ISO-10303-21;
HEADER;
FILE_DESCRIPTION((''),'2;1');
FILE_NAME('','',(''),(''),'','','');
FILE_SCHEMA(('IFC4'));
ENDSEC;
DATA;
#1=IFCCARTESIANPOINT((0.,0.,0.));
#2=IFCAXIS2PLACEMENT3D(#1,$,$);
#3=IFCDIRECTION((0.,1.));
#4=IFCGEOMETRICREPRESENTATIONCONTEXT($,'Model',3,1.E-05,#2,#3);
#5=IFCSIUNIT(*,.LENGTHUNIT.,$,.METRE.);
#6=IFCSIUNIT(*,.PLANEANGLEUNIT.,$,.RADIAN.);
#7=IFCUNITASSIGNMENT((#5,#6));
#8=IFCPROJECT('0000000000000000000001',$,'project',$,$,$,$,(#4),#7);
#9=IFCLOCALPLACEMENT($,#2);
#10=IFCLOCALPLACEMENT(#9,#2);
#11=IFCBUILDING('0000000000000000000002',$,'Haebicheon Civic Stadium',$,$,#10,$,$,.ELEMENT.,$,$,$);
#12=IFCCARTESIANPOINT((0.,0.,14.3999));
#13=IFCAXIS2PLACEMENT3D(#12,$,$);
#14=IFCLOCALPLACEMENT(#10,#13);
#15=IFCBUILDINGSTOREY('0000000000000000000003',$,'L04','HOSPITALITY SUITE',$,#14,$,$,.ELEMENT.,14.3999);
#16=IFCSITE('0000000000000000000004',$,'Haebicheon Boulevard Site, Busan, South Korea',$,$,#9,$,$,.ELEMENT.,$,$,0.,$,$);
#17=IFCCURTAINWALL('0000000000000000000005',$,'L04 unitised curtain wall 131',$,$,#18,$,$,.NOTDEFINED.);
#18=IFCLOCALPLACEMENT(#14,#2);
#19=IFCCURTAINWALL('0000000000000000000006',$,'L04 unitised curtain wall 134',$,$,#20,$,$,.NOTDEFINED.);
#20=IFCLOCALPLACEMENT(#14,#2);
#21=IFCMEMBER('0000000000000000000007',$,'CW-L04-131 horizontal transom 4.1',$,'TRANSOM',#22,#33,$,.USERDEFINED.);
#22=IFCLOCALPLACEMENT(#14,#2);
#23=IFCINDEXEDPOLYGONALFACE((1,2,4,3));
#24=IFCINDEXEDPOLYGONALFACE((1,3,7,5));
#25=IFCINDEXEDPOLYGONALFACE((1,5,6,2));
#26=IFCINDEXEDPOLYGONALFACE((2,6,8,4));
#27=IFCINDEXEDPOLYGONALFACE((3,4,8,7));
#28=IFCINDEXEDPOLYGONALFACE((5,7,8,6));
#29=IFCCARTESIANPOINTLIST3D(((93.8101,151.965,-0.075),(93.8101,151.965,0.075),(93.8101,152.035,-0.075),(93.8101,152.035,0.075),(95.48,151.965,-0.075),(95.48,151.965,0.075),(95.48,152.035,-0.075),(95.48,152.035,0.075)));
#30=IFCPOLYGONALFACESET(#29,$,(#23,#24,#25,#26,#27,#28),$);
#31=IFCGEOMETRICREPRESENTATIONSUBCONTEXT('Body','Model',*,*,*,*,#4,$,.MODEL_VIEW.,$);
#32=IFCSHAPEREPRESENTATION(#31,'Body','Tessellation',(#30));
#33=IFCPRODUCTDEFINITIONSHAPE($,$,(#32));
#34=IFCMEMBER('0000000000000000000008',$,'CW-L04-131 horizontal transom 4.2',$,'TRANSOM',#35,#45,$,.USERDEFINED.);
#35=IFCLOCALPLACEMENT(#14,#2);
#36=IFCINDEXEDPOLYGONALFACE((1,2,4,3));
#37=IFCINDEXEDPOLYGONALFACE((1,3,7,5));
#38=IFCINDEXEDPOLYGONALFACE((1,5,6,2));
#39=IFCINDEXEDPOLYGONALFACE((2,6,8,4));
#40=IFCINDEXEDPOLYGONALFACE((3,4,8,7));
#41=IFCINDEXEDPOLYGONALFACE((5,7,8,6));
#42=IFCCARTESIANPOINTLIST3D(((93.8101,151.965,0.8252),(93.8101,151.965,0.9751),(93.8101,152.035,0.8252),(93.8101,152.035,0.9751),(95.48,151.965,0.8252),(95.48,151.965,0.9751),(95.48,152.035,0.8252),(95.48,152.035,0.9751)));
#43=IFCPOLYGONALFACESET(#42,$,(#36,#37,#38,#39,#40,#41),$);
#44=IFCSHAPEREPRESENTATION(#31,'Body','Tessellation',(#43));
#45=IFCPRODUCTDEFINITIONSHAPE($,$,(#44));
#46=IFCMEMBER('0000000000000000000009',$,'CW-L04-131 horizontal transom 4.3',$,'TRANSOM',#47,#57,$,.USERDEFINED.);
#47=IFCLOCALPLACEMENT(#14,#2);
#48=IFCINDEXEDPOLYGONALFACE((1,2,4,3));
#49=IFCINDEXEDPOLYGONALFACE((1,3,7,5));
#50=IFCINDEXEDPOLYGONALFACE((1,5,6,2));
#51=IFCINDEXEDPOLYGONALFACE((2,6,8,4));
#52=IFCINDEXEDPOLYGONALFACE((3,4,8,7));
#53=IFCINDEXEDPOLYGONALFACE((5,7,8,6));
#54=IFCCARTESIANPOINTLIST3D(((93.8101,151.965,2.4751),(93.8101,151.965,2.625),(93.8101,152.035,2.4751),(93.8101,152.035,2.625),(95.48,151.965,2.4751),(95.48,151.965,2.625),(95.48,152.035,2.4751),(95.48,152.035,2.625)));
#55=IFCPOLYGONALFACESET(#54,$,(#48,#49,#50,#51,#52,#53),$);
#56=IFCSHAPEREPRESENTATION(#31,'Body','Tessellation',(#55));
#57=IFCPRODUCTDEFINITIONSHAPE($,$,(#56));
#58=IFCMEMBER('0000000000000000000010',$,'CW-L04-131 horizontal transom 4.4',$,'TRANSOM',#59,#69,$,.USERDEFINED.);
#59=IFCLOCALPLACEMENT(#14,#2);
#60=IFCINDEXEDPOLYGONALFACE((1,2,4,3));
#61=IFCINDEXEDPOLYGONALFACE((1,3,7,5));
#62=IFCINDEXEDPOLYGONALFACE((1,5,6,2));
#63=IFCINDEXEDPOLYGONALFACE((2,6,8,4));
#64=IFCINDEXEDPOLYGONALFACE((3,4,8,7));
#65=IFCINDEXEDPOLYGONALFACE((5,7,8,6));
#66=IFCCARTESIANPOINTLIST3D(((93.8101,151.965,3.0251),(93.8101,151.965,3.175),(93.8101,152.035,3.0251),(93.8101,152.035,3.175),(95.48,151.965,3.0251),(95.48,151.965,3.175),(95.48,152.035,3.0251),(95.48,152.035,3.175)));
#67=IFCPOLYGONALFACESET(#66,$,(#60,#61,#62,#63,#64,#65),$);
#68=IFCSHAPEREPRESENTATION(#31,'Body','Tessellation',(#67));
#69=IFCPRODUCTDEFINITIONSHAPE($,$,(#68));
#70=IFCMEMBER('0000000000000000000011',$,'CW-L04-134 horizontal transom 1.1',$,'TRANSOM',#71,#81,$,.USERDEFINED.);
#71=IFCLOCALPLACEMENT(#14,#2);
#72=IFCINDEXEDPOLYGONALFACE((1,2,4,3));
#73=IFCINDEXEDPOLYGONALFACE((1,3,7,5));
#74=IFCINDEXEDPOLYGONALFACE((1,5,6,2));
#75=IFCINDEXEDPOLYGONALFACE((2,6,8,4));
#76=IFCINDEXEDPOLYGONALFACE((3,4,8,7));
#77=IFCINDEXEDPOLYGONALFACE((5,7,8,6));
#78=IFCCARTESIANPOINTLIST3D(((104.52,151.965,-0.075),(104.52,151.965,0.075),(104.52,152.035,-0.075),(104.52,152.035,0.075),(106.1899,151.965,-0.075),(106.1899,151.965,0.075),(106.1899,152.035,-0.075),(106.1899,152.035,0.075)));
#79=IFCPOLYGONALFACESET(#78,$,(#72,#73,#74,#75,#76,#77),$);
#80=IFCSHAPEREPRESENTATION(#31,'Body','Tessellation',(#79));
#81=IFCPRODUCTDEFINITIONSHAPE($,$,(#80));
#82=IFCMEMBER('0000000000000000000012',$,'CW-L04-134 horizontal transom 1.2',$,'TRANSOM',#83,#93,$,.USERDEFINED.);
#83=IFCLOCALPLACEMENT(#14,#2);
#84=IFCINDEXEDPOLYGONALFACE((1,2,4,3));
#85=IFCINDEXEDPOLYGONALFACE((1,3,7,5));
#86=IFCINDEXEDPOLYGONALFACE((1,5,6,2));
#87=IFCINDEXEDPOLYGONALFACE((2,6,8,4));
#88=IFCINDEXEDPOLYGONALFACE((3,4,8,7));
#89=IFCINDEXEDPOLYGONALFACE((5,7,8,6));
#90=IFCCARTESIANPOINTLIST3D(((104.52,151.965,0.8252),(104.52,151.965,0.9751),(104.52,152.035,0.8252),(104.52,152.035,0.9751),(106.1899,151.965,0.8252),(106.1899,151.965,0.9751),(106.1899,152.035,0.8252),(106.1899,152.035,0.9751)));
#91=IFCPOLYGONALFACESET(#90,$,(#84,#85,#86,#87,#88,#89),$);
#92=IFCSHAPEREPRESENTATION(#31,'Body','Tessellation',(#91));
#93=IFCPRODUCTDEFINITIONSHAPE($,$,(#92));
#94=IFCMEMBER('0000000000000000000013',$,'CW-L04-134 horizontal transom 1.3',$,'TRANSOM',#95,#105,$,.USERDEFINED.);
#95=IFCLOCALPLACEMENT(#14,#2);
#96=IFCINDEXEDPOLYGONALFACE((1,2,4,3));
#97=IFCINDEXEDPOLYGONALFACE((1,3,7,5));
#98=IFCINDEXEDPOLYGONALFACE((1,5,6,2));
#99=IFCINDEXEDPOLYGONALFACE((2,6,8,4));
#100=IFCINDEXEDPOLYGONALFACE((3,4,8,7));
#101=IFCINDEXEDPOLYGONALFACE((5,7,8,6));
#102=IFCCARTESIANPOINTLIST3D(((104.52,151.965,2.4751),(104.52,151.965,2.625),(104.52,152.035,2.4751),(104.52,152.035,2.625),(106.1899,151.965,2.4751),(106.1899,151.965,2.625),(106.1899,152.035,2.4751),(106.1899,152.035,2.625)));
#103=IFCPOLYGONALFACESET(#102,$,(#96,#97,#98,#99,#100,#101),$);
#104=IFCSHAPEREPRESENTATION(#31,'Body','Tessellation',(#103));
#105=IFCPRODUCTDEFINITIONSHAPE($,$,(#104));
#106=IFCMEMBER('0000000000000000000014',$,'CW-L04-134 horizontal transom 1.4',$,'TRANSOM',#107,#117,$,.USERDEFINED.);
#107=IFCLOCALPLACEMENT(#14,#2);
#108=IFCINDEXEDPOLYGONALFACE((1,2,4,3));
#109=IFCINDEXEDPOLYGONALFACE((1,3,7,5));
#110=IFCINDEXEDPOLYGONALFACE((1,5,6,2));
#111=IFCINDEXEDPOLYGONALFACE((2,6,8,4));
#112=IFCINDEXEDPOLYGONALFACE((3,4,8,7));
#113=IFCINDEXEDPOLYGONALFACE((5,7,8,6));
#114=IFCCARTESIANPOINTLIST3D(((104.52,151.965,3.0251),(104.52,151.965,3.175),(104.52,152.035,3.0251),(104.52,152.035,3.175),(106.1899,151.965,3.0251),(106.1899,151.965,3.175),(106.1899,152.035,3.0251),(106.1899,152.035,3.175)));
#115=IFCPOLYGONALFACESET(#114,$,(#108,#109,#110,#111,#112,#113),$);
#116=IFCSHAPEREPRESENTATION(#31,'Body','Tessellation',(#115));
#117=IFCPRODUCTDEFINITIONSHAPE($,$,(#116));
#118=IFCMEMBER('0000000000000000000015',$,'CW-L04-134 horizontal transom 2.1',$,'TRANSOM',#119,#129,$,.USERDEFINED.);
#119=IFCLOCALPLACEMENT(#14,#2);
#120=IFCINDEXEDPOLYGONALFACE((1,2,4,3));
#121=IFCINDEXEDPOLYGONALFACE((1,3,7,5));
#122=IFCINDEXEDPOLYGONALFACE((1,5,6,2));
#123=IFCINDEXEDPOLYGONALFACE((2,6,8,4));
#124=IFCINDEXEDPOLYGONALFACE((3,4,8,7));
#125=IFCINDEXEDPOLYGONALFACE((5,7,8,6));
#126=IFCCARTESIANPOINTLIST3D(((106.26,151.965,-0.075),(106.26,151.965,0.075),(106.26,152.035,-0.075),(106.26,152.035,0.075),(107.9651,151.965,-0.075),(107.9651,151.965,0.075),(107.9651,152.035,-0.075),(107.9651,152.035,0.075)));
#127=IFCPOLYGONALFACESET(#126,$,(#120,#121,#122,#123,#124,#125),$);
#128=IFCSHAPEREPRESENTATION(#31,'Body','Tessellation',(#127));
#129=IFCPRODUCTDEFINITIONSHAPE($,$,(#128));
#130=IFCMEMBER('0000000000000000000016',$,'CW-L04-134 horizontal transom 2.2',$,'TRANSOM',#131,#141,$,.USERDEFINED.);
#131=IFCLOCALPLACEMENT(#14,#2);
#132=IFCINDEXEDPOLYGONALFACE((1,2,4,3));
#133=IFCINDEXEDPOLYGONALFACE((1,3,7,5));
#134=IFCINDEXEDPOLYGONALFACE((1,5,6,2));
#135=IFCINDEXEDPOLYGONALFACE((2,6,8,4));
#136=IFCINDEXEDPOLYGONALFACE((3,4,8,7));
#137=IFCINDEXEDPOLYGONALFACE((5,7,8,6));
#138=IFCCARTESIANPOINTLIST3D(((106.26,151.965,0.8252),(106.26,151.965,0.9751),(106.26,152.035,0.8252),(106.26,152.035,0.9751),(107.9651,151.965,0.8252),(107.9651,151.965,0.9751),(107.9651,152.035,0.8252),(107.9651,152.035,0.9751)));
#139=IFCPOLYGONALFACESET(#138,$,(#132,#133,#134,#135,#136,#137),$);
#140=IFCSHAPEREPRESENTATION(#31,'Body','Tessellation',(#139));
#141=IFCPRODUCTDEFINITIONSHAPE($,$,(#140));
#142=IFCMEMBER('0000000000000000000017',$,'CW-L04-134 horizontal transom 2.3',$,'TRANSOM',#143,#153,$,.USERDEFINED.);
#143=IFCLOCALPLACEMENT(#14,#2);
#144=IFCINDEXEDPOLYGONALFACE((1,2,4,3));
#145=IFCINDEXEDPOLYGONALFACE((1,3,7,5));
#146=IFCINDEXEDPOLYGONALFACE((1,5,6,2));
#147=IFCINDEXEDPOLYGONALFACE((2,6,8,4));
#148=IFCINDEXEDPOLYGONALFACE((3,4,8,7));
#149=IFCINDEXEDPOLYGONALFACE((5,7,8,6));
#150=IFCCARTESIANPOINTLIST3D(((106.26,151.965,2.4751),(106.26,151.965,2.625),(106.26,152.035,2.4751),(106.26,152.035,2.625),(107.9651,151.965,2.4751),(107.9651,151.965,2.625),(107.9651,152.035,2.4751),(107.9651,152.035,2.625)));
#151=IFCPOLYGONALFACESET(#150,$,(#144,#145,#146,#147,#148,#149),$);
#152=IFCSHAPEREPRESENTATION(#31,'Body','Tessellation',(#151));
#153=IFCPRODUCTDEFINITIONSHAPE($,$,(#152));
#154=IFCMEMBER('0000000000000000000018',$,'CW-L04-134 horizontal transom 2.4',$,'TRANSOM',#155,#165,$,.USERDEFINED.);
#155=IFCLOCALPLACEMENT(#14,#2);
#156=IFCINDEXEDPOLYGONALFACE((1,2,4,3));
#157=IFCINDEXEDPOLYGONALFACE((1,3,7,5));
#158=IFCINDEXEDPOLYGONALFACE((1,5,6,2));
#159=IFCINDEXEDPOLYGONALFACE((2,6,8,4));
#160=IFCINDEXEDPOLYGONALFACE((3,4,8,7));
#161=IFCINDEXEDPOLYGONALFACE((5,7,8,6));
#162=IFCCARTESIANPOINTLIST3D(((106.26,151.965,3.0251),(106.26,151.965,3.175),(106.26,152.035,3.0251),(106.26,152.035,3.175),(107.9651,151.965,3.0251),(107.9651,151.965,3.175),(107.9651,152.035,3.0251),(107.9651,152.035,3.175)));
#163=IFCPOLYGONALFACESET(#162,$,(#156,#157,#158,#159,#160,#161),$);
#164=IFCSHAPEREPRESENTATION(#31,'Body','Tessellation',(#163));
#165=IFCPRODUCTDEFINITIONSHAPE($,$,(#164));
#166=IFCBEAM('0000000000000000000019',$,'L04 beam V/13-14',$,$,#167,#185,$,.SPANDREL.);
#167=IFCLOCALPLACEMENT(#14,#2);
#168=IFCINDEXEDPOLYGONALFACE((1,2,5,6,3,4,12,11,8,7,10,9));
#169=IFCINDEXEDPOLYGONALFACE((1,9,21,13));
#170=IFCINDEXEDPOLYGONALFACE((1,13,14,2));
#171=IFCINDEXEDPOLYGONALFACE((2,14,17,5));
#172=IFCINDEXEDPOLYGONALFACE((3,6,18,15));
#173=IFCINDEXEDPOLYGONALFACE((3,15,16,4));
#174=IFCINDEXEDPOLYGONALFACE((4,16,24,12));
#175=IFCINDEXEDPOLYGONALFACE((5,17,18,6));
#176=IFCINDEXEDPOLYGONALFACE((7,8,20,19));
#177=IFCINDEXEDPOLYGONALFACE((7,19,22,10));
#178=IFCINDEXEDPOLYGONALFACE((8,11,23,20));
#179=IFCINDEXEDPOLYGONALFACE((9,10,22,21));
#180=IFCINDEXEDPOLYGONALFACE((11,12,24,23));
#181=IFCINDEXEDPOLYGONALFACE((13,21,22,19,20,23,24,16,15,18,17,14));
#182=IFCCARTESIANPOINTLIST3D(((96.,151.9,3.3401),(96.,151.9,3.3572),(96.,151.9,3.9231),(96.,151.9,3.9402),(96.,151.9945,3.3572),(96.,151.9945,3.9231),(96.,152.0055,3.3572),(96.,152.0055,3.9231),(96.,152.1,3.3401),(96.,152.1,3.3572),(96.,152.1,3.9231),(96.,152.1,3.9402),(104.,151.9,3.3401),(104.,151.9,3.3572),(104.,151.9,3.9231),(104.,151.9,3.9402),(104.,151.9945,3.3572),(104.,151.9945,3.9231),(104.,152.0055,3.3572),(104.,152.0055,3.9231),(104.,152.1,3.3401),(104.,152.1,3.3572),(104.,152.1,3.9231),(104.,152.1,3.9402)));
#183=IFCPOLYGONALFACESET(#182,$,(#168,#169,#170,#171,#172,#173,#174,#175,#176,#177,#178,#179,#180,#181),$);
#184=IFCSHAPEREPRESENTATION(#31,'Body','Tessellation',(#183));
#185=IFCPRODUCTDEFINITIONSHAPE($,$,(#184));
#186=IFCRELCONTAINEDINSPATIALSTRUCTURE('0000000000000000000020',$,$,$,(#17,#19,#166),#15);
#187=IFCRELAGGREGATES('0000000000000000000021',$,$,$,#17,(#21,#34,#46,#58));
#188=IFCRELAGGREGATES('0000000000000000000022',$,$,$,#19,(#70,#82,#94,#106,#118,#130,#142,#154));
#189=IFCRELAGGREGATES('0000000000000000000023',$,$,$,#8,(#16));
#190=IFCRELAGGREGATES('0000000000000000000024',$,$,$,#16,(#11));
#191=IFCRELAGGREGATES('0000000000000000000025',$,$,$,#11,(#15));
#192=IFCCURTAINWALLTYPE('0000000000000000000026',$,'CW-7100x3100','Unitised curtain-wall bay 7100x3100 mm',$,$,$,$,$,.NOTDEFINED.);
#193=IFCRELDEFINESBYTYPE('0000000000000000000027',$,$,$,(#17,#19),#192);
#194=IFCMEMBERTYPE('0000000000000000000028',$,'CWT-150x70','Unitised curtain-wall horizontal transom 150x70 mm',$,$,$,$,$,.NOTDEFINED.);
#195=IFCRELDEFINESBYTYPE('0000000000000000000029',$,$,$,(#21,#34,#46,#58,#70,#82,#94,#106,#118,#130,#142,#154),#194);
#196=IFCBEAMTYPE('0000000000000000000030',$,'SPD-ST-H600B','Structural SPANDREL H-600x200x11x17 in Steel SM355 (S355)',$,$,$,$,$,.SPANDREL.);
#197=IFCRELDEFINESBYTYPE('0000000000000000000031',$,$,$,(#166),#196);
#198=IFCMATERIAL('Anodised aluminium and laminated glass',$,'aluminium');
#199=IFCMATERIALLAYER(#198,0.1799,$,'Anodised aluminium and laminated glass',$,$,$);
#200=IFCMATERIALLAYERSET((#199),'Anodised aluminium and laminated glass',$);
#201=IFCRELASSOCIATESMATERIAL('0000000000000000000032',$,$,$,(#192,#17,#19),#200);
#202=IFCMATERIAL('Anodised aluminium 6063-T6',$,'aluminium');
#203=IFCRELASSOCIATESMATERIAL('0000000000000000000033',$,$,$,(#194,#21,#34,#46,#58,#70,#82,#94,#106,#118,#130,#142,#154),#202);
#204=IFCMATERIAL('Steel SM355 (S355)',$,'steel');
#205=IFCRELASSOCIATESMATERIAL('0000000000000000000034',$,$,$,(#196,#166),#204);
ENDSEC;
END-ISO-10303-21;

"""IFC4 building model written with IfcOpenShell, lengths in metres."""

from ifc_helpers import new_model, si_unit, direction, frame, origin, origin_2d, place, context, subcontext, project, spatial, rectangle, i_section, extrude, material, layer, layer_set, material_profile, profile_set, type_object, element, aggregate, save


model = new_model("IFC4")

# Units and contexts
model_context = context("Model", 3, precision=1e-05, world=origin(), true_north=direction((0.0, 1.0)))
body_context = subcontext(model_context, "Body", "Model", "MODEL_VIEW")
ifc_project = project(units=[si_unit("LENGTHUNIT", "METRE"), si_unit("PLANEANGLEUNIT", "RADIAN")], contexts=[model_context])

# Site, building, storey
site_placement = place(None, origin())
site = spatial("IfcSite", under=ifc_project, at=site_placement, Name="Haebicheon Boulevard Site, Busan, South Korea", CompositionType="ELEMENT", RefElevation=0.0)
building_placement = place(site_placement, origin())
building = spatial("IfcBuilding", under=site, at=building_placement, Name="Haebicheon Civic Stadium", CompositionType="ELEMENT")
storey_placement = place(building_placement, frame((0.0, 0.0, 14.3999)))
storey = spatial("IfcBuildingStorey", under=building, at=storey_placement, Name="L04", Description="HOSPITALITY SUITE", CompositionType="ELEMENT", Elevation=14.3999)

# Curtain walls
ifc_material_1 = material(Name="Anodised aluminium and laminated glass", Category="aluminium")
ifc_layer_1 = layer(ifc_material_1, 0.1799, Name="Anodised aluminium and laminated glass")
ifc_layer_set_1 = layer_set([ifc_layer_1], Name="Anodised aluminium and laminated glass")
curtain_wall_type = type_object("IfcCurtainWallType", Name="CW-7100x3100", Description="Unitised curtain-wall bay 7100x3100 mm", PredefinedType="NOTDEFINED", material=ifc_layer_set_1)
curtain_wall_1_placement = place(storey_placement, origin())
curtain_wall_1 = element("IfcCurtainWall", 1, at=curtain_wall_1_placement, inside=storey, type_object=curtain_wall_type, material=ifc_layer_set_1, Name="L04 unitised curtain wall 131", PredefinedType="NOTDEFINED")
curtain_wall_2_placement = place(storey_placement, origin())
curtain_wall_2 = element("IfcCurtainWall", 2, at=curtain_wall_2_placement, inside=storey, type_object=curtain_wall_type, material=ifc_layer_set_1, Name="L04 unitised curtain wall 134", PredefinedType="NOTDEFINED")

# Members
ifc_material_2 = material(Name="Anodised aluminium 6063-T6", Category="aluminium")
ifc_material_profile_1 = material_profile(ifc_material_2, rectangle(XDim=0.0701, YDim=0.1499, at=origin_2d()), Name="ALU-TRAN-70x150")
ifc_profile_set_1 = profile_set([ifc_material_profile_1], Name="Anodised aluminium 6063-T6")
member_type_1 = type_object("IfcMemberType", Name="CWT-150x70", Description="Unitised curtain-wall horizontal transom 150x70 mm", PredefinedType="NOTDEFINED", material=ifc_profile_set_1)
member_1_placement = place(storey_placement, frame((93.8101, 152.0, 0.0), z_axis=(1.0, 0.0, 0.0), x_axis=(0.0, 1.0, 0.0)))
member_1 = element("IfcMember", 3, at=member_1_placement, type_object=member_type_1, material=ifc_profile_set_1, Name="CW-L04-131 horizontal transom 4.1", ObjectType="TRANSOM", PredefinedType="USERDEFINED", context=body_context, shape_type="SweptSolid", body=[
    extrude(rectangle(XDim=0.0701, YDim=0.1499, at=origin_2d()), origin(), (0.0, 0.0, 1.0), 1.6699),
])
member_2_placement = place(storey_placement, frame((93.8101, 152.0, 0.9001), z_axis=(1.0, 0.0, 0.0), x_axis=(0.0, 1.0, 0.0)))
member_2 = element("IfcMember", 4, at=member_2_placement, type_object=member_type_1, material=ifc_profile_set_1, Name="CW-L04-131 horizontal transom 4.2", ObjectType="TRANSOM", PredefinedType="USERDEFINED", context=body_context, shape_type="SweptSolid", body=[
    extrude(rectangle(XDim=0.0701, YDim=0.1499, at=origin_2d()), origin(), (0.0, 0.0, 1.0), 1.6699),
])
member_3_placement = place(storey_placement, frame((93.8101, 152.0, 2.55), z_axis=(1.0, 0.0, 0.0), x_axis=(0.0, 1.0, 0.0)))
member_3 = element("IfcMember", 5, at=member_3_placement, type_object=member_type_1, material=ifc_profile_set_1, Name="CW-L04-131 horizontal transom 4.3", ObjectType="TRANSOM", PredefinedType="USERDEFINED", context=body_context, shape_type="SweptSolid", body=[
    extrude(rectangle(XDim=0.0701, YDim=0.1499, at=origin_2d()), origin(), (0.0, 0.0, 1.0), 1.6699),
])
member_4_placement = place(storey_placement, frame((93.8101, 152.0, 3.1001), z_axis=(1.0, 0.0, 0.0), x_axis=(0.0, 1.0, 0.0)))
member_4 = element("IfcMember", 6, at=member_4_placement, type_object=member_type_1, material=ifc_profile_set_1, Name="CW-L04-131 horizontal transom 4.4", ObjectType="TRANSOM", PredefinedType="USERDEFINED", context=body_context, shape_type="SweptSolid", body=[
    extrude(rectangle(XDim=0.0701, YDim=0.1499, at=origin_2d()), origin(), (0.0, 0.0, 1.0), 1.6699),
])
member_5_placement = place(storey_placement, frame((104.52, 152.0, 0.0), z_axis=(1.0, 0.0, 0.0), x_axis=(0.0, 1.0, 0.0)))
member_5 = element("IfcMember", 7, at=member_5_placement, type_object=member_type_1, material=ifc_profile_set_1, Name="CW-L04-134 horizontal transom 1.1", ObjectType="TRANSOM", PredefinedType="USERDEFINED", context=body_context, shape_type="SweptSolid", body=[
    extrude(rectangle(XDim=0.0701, YDim=0.1499, at=origin_2d()), origin(), (0.0, 0.0, 1.0), 1.6699),
])
member_6_placement = place(storey_placement, frame((104.52, 152.0, 0.9001), z_axis=(1.0, 0.0, 0.0), x_axis=(0.0, 1.0, 0.0)))
member_6 = element("IfcMember", 8, at=member_6_placement, type_object=member_type_1, material=ifc_profile_set_1, Name="CW-L04-134 horizontal transom 1.2", ObjectType="TRANSOM", PredefinedType="USERDEFINED", context=body_context, shape_type="SweptSolid", body=[
    extrude(rectangle(XDim=0.0701, YDim=0.1499, at=origin_2d()), origin(), (0.0, 0.0, 1.0), 1.6699),
])
member_7_placement = place(storey_placement, frame((104.52, 152.0, 2.55), z_axis=(1.0, 0.0, 0.0), x_axis=(0.0, 1.0, 0.0)))
member_7 = element("IfcMember", 9, at=member_7_placement, type_object=member_type_1, material=ifc_profile_set_1, Name="CW-L04-134 horizontal transom 1.3", ObjectType="TRANSOM", PredefinedType="USERDEFINED", context=body_context, shape_type="SweptSolid", body=[
    extrude(rectangle(XDim=0.0701, YDim=0.1499, at=origin_2d()), origin(), (0.0, 0.0, 1.0), 1.6699),
])
member_8_placement = place(storey_placement, frame((104.52, 152.0, 3.1001), z_axis=(1.0, 0.0, 0.0), x_axis=(0.0, 1.0, 0.0)))
member_8 = element("IfcMember", 10, at=member_8_placement, type_object=member_type_1, material=ifc_profile_set_1, Name="CW-L04-134 horizontal transom 1.4", ObjectType="TRANSOM", PredefinedType="USERDEFINED", context=body_context, shape_type="SweptSolid", body=[
    extrude(rectangle(XDim=0.0701, YDim=0.1499, at=origin_2d()), origin(), (0.0, 0.0, 1.0), 1.6699),
])
member_9_placement = place(storey_placement, frame((106.26, 152.0, 0.0), z_axis=(1.0, 0.0, 0.0), x_axis=(0.0, 1.0, 0.0)))
member_9 = element("IfcMember", 11, at=member_9_placement, type_object=member_type_1, material=ifc_profile_set_1, Name="CW-L04-134 horizontal transom 2.1", ObjectType="TRANSOM", PredefinedType="USERDEFINED", context=body_context, shape_type="SweptSolid", body=[
    extrude(rectangle(XDim=0.0701, YDim=0.1499, at=origin_2d()), origin(), (0.0, 0.0, 1.0), 1.7051),
])
member_10_placement = place(storey_placement, frame((106.26, 152.0, 0.9001), z_axis=(1.0, 0.0, 0.0), x_axis=(0.0, 1.0, 0.0)))
member_10 = element("IfcMember", 12, at=member_10_placement, type_object=member_type_1, material=ifc_profile_set_1, Name="CW-L04-134 horizontal transom 2.2", ObjectType="TRANSOM", PredefinedType="USERDEFINED", context=body_context, shape_type="SweptSolid", body=[
    extrude(rectangle(XDim=0.0701, YDim=0.1499, at=origin_2d()), origin(), (0.0, 0.0, 1.0), 1.7051),
])
member_11_placement = place(storey_placement, frame((106.26, 152.0, 2.55), z_axis=(1.0, 0.0, 0.0), x_axis=(0.0, 1.0, 0.0)))
member_11 = element("IfcMember", 13, at=member_11_placement, type_object=member_type_1, material=ifc_profile_set_1, Name="CW-L04-134 horizontal transom 2.3", ObjectType="TRANSOM", PredefinedType="USERDEFINED", context=body_context, shape_type="SweptSolid", body=[
    extrude(rectangle(XDim=0.0701, YDim=0.1499, at=origin_2d()), origin(), (0.0, 0.0, 1.0), 1.7051),
])
member_12_placement = place(storey_placement, frame((106.26, 152.0, 3.1001), z_axis=(1.0, 0.0, 0.0), x_axis=(0.0, 1.0, 0.0)))
member_12 = element("IfcMember", 14, at=member_12_placement, type_object=member_type_1, material=ifc_profile_set_1, Name="CW-L04-134 horizontal transom 2.4", ObjectType="TRANSOM", PredefinedType="USERDEFINED", context=body_context, shape_type="SweptSolid", body=[
    extrude(rectangle(XDim=0.0701, YDim=0.1499, at=origin_2d()), origin(), (0.0, 0.0, 1.0), 1.7051),
])

# Beam
ifc_material_3 = material(Name="Steel SM355 (S355)", Category="steel")
ifc_material_profile_2 = material_profile(ifc_material_3, i_section(OverallWidth=0.2, OverallDepth=0.6001, WebThickness=0.011, FlangeThickness=0.0171, at=origin_2d()), Name="H-600x200x11x17")
ifc_profile_set_2 = profile_set([ifc_material_profile_2], Name="Steel SM355 (S355)")
beam_type_1 = type_object("IfcBeamType", Name="SPD-ST-H600B", Description="Structural SPANDREL H-600x200x11x17 in Steel SM355 (S355)", PredefinedType="SPANDREL", material=ifc_profile_set_2)
for number, where, z_axis, x_axis, name in (
    (15, (96.0, 152.0, 3.6401), (1.0, 0.0, 0.0), (0.0, 1.0, 0.0), "L04 beam V/13-14"),
):
    element("IfcBeam", number, at=place(storey_placement, frame(where, z_axis=z_axis, x_axis=x_axis)), inside=storey, type_object=beam_type_1, material=ifc_profile_set_2, Name=name, PredefinedType="SPANDREL", context=body_context, shape_type="SweptSolid", body=[
        extrude(i_section(OverallWidth=0.2, OverallDepth=0.6001, WebThickness=0.011, FlangeThickness=0.0171, at=origin_2d()), origin(), (0.0, 0.0, 1.0), 8.0),
    ])

aggregate(curtain_wall_1, [member_1, member_2, member_3, member_4])
aggregate(curtain_wall_2, [member_5, member_6, member_7, member_8, member_9, member_10, member_11, member_12])

save(model, "model.ifc")
